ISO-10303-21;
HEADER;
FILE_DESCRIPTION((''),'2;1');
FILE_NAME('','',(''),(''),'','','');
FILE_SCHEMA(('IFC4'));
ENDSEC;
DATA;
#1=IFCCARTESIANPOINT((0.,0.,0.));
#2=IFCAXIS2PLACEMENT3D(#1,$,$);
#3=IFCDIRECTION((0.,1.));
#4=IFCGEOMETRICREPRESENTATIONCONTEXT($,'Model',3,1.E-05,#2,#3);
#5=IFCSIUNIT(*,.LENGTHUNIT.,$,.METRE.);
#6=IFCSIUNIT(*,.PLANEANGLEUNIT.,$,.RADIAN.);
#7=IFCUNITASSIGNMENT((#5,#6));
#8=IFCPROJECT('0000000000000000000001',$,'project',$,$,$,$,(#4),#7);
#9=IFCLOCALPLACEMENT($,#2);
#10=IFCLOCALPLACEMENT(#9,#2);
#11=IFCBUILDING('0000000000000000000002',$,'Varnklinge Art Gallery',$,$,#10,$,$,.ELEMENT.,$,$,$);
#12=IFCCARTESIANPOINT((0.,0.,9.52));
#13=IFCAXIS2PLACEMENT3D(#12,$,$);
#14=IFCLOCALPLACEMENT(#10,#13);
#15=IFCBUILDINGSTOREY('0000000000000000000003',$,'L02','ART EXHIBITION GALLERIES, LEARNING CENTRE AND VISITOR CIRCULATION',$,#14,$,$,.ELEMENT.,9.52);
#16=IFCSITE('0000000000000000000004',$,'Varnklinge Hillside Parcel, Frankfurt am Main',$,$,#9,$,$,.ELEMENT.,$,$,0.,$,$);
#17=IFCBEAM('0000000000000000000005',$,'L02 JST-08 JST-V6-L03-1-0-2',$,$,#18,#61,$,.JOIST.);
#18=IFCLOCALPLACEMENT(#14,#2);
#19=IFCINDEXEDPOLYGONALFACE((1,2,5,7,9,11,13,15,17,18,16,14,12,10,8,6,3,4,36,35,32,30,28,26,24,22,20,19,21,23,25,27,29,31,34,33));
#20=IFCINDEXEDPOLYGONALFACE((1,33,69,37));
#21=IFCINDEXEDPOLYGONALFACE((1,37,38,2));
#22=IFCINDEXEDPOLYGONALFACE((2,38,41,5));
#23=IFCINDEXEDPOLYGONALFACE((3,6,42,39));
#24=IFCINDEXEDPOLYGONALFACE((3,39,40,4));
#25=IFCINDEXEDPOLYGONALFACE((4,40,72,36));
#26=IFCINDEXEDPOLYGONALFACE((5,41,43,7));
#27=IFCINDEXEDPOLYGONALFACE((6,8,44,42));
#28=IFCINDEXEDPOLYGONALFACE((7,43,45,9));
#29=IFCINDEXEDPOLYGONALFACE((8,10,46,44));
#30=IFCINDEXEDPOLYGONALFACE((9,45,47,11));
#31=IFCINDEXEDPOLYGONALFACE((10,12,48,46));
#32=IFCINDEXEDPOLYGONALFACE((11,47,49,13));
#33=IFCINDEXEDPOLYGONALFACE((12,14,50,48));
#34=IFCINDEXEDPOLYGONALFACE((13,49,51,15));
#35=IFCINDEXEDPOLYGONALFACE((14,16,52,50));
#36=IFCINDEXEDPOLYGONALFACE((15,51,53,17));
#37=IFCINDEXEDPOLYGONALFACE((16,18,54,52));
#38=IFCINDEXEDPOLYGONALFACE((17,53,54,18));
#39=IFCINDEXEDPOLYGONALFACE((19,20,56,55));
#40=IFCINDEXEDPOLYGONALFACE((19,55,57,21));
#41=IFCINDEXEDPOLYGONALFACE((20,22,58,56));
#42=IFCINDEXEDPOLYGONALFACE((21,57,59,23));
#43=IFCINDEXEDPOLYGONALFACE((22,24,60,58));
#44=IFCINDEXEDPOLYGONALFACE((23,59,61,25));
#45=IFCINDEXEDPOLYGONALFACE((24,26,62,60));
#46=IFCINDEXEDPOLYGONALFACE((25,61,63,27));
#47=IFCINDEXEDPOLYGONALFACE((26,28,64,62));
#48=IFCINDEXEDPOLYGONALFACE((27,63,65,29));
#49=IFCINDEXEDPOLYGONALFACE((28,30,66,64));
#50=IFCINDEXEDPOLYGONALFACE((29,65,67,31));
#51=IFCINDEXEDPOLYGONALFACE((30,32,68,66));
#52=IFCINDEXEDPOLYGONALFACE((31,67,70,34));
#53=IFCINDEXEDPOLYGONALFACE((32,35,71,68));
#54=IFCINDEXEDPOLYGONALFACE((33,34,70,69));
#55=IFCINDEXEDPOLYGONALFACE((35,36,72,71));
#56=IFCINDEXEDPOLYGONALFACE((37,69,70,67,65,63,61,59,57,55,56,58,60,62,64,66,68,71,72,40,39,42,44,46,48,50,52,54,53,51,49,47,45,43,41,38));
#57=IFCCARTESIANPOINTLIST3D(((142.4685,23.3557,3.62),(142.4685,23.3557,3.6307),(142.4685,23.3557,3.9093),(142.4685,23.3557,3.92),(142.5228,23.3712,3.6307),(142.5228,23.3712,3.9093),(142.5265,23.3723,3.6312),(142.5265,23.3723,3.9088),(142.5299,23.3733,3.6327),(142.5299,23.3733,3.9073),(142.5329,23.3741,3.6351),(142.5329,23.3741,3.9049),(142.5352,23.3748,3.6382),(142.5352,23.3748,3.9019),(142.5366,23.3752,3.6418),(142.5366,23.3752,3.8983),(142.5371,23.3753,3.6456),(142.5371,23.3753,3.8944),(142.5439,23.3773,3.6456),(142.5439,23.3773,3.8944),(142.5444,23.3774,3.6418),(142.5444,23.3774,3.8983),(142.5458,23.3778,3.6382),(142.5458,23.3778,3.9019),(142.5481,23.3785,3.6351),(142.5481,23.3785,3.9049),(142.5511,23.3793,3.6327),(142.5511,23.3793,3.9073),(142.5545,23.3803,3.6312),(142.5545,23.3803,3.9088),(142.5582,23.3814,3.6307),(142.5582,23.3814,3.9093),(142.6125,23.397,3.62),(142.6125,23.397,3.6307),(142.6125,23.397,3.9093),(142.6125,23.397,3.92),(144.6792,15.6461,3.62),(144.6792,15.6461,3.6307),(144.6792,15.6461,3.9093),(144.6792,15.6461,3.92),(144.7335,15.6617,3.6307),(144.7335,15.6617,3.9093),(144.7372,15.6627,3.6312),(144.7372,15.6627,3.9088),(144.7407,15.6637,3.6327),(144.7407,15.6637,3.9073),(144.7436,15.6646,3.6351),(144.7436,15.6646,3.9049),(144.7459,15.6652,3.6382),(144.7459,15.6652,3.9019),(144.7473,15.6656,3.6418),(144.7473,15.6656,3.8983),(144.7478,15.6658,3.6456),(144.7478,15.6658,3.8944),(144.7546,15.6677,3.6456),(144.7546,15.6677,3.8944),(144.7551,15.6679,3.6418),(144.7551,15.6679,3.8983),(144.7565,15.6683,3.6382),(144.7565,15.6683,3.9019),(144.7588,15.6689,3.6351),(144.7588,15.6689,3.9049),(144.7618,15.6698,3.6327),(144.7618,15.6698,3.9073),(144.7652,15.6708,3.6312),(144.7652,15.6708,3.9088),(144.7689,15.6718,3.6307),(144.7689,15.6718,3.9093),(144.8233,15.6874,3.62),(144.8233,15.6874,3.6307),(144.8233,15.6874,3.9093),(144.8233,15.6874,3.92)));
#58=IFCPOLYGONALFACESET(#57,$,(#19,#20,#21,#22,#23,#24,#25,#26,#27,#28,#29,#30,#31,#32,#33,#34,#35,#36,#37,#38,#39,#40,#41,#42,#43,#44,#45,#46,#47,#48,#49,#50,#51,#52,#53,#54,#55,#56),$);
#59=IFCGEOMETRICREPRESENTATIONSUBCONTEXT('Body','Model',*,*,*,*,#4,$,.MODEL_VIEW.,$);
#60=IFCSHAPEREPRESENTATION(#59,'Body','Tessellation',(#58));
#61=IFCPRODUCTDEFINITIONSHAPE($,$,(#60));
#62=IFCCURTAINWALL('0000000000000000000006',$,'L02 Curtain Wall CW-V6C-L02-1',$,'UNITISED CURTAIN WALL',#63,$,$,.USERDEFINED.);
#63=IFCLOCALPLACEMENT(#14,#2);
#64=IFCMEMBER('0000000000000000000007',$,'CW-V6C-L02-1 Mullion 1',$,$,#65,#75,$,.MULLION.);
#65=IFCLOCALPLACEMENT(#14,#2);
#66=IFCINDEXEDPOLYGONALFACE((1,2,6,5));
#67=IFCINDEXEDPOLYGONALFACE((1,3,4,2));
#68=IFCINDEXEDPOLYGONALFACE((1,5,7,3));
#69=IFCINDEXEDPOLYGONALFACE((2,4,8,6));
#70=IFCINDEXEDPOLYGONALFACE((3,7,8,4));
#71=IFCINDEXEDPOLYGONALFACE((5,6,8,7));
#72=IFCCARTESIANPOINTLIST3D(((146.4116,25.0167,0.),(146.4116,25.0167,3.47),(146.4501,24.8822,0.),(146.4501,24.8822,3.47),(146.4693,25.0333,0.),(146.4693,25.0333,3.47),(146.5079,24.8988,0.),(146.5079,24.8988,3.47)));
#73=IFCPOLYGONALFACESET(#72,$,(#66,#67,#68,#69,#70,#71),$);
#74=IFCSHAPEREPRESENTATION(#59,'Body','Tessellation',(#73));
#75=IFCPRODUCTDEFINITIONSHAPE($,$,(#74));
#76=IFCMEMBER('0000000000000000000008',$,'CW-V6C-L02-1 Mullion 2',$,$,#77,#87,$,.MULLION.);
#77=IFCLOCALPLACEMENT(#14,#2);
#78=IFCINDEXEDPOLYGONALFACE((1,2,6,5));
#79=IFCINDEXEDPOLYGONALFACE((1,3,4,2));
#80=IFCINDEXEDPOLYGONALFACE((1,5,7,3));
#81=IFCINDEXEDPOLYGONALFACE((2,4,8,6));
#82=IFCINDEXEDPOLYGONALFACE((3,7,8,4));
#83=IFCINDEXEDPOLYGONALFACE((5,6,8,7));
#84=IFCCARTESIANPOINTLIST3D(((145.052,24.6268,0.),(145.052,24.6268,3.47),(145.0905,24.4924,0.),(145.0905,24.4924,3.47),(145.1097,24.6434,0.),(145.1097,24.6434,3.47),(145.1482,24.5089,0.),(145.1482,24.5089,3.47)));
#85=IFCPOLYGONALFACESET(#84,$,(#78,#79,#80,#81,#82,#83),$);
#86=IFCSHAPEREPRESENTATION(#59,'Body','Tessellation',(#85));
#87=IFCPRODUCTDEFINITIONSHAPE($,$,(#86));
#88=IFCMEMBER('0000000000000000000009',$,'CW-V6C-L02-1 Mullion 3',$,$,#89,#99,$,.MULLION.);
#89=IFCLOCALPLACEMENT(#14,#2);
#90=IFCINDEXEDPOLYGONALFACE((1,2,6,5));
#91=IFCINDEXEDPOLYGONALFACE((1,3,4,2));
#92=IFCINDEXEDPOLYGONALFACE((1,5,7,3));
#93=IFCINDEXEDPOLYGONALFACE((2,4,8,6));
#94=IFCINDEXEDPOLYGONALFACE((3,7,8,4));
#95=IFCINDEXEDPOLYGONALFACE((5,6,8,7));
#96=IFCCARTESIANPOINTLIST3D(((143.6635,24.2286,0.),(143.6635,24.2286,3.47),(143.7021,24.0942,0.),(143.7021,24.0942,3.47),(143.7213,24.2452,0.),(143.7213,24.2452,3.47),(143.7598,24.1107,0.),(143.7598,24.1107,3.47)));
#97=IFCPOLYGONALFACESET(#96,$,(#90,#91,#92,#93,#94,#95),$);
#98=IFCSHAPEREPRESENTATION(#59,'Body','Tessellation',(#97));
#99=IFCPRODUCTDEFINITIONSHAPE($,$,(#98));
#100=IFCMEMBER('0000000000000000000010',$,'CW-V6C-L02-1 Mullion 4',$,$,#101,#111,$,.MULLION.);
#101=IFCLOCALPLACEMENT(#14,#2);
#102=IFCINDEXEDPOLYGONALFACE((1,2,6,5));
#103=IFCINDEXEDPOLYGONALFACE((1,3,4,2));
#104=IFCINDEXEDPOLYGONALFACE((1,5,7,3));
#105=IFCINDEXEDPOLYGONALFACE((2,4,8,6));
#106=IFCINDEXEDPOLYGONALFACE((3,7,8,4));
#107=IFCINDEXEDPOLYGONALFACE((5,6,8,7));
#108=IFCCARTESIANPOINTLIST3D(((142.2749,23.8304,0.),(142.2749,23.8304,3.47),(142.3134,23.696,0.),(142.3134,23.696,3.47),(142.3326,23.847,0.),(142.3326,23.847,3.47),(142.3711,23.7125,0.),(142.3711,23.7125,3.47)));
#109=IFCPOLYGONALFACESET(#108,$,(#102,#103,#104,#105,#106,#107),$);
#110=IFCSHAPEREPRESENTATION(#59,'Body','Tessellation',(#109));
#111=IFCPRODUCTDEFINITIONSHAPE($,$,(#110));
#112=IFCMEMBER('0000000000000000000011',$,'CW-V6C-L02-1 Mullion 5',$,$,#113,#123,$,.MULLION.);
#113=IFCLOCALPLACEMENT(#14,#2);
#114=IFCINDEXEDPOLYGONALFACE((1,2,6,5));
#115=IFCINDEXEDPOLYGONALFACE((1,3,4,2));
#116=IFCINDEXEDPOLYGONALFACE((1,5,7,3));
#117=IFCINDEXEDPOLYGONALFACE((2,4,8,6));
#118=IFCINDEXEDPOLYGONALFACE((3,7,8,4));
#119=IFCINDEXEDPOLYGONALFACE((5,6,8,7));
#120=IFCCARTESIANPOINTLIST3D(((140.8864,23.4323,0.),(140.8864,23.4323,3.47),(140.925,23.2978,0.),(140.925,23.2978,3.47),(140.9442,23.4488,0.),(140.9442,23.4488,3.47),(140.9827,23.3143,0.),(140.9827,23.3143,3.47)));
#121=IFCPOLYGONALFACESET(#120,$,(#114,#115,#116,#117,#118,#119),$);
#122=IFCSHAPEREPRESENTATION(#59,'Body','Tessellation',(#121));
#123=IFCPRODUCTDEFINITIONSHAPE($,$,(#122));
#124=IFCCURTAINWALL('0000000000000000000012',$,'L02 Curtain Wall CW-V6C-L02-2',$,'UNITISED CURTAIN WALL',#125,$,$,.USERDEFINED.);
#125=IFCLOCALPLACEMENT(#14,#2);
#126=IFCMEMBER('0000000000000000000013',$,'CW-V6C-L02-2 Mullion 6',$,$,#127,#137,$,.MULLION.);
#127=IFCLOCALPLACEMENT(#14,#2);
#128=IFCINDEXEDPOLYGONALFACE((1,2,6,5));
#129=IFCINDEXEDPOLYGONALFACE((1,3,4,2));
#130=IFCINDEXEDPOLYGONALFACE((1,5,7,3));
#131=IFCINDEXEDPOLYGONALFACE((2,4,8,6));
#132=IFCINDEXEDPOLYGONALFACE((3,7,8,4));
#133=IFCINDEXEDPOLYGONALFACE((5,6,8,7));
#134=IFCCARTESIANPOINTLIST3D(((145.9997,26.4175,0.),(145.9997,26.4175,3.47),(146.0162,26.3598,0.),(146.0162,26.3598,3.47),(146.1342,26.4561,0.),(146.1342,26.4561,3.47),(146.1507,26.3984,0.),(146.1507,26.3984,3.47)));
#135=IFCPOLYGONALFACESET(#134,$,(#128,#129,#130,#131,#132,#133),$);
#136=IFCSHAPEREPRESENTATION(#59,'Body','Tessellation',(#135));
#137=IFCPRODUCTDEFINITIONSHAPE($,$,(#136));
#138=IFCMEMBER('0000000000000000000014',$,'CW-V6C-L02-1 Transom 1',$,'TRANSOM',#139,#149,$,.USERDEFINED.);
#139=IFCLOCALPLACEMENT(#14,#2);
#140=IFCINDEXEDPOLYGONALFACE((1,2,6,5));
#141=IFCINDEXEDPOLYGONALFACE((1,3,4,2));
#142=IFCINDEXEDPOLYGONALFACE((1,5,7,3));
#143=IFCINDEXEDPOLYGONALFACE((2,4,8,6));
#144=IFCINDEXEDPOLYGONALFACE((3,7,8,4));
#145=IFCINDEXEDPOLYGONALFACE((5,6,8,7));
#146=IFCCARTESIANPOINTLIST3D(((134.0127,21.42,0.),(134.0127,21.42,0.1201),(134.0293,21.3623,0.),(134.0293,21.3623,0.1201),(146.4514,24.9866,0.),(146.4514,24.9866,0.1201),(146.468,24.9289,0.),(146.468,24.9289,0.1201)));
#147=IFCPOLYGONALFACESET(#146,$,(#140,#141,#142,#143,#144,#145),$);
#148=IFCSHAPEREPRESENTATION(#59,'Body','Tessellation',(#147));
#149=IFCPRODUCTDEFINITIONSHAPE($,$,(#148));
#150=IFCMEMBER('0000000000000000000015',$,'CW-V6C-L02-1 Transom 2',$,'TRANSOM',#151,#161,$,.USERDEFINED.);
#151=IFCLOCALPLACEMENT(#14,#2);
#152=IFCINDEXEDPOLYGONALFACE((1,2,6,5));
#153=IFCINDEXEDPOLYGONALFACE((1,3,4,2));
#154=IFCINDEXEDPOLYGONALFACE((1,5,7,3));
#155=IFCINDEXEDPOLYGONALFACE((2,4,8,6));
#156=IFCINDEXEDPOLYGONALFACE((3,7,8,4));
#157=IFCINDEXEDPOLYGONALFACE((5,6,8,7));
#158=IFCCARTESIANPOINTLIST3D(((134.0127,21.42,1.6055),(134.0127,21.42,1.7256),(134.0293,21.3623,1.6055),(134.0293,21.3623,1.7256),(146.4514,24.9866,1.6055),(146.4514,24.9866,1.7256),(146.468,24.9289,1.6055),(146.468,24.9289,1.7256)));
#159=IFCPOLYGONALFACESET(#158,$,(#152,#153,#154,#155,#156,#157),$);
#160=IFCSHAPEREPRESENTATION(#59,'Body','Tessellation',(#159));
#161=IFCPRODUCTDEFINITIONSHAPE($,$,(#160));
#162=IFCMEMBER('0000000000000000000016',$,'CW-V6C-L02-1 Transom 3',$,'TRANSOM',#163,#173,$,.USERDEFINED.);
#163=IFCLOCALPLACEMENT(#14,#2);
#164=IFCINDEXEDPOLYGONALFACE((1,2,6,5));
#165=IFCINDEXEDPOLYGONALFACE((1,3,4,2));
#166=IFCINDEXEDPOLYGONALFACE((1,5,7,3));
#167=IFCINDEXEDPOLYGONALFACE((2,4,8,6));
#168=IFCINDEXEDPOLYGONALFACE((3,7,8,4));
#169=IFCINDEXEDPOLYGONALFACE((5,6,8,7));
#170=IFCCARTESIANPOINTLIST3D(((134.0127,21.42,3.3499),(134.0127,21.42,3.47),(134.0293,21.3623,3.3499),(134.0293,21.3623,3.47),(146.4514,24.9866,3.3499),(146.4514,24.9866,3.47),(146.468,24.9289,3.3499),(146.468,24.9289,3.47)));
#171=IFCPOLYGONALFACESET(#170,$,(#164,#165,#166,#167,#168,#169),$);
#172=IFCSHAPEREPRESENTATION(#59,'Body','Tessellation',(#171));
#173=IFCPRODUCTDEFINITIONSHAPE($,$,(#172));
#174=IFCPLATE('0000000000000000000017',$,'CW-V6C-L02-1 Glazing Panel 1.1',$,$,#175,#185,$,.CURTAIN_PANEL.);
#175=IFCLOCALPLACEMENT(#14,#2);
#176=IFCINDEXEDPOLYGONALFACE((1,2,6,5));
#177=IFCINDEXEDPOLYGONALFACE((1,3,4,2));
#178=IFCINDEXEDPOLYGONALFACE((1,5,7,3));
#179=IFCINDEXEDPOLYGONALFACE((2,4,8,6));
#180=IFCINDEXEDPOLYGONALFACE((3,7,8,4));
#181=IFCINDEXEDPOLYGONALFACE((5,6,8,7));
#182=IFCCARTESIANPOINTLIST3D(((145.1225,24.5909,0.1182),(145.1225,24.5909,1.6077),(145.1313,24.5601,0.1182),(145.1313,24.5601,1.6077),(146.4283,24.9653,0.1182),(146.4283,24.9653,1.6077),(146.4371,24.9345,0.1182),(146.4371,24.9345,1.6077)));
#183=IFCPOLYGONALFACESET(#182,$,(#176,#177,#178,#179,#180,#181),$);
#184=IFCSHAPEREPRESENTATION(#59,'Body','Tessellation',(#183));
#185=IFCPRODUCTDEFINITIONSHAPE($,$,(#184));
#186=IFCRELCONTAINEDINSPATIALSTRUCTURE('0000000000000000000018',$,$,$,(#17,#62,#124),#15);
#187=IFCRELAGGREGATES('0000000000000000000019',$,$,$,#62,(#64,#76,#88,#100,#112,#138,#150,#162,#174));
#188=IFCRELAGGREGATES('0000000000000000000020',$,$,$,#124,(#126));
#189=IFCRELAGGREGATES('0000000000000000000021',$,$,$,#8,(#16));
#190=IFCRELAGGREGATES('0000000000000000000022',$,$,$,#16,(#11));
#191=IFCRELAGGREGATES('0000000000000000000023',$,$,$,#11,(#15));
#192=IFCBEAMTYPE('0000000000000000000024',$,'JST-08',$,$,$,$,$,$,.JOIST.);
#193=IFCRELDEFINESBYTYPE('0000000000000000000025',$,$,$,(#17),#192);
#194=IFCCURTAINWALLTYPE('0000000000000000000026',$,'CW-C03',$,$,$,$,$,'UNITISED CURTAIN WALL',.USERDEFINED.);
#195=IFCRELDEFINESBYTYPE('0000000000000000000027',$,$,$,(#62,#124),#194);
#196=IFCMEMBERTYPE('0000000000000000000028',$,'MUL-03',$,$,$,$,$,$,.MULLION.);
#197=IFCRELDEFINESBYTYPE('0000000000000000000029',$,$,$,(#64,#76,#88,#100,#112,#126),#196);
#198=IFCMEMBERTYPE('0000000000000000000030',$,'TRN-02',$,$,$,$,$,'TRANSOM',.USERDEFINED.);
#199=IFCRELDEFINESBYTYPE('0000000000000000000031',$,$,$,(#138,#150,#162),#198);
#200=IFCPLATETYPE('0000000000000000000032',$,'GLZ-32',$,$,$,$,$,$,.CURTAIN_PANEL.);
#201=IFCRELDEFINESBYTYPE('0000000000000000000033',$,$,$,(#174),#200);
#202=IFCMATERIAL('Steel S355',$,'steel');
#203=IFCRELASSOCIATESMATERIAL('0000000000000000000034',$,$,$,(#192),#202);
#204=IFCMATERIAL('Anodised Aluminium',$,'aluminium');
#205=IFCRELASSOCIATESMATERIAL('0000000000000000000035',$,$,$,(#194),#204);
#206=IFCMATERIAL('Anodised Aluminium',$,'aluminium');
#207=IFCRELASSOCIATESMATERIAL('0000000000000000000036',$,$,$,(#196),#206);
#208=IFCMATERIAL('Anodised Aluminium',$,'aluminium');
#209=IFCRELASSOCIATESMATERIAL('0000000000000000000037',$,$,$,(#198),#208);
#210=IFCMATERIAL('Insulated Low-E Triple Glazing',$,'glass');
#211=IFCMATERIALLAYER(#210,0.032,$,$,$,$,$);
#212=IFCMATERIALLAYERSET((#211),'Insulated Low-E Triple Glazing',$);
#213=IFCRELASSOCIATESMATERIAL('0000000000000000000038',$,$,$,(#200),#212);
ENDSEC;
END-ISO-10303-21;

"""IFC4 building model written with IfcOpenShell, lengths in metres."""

from ifc_helpers import new_model, si_unit, direction, frame, origin, origin_2d, place, context, subcontext, project, spatial, rectangle, i_section, extrude, material, layer, layer_set, material_profile, profile_set, type_object, element, aggregate, save


model = new_model("IFC4")

# Units and contexts
model_context = context("Model", 3, precision=1e-05, world=origin(), true_north=direction((0.0, 1.0)))
body_context = subcontext(model_context, "Body", "Model", "MODEL_VIEW")
ifc_project = project(units=[si_unit("LENGTHUNIT", "METRE"), si_unit("PLANEANGLEUNIT", "RADIAN")], contexts=[model_context])

# Site, building, storey
site_placement = place(None, origin())
site = spatial("IfcSite", under=ifc_project, at=site_placement, Name="Varnklinge Hillside Parcel, Frankfurt am Main", CompositionType="ELEMENT", RefElevation=0.0)
building_placement = place(site_placement, origin())
building = spatial("IfcBuilding", under=site, at=building_placement, Name="Varnklinge Art Gallery", CompositionType="ELEMENT")
storey_placement = place(building_placement, frame((0.0, 0.0, 9.52)))
storey = spatial("IfcBuildingStorey", under=building, at=storey_placement, Name="L02", Description="ART EXHIBITION GALLERIES, LEARNING CENTRE AND VISITOR CIRCULATION", CompositionType="ELEMENT", Elevation=9.52)

# Beam
ifc_material_1 = material(Name="Steel S355", Category="steel")
ifc_material_profile_1 = material_profile(ifc_material_1, i_section(OverallWidth=0.1499, OverallDepth=0.3, WebThickness=0.0071, FlangeThickness=0.0107, FilletRadius=0.0149, at=origin_2d()), Name="IPE 300")
ifc_profile_set_1 = profile_set([ifc_material_profile_1], Name="Steel S355")
beam_type = type_object("IfcBeamType", Name="JST-08", PredefinedType="JOIST", material=ifc_profile_set_1)
beam_placement = place(storey_placement, frame((144.7512, 15.6667, 3.77), z_axis=(-0.275642, 0.96126, 0.0), x_axis=(-0.96126, -0.275642, 0.0)))
element("IfcBeam", 1, at=beam_placement, inside=storey, type_object=beam_type, Name="L02 JST-08 JST-V6-L03-1-0-2", PredefinedType="JOIST", context=body_context, shape_type="SweptSolid", body=[
    extrude(i_section(OverallWidth=0.1499, OverallDepth=0.3, WebThickness=0.0071, FlangeThickness=0.0107, FilletRadius=0.0149, at=origin_2d()), origin(), (0.0, 0.0, 1.0), 8.0203),
])

# Curtain wall, members
ifc_material_2 = material(Name="Anodised Aluminium", Category="aluminium")
curtain_wall_type = type_object("IfcCurtainWallType", Name="CW-C03", ElementType="UNITISED CURTAIN WALL", PredefinedType="USERDEFINED", material=ifc_material_2)
curtain_wall_1_placement = place(storey_placement, origin())
curtain_wall_1 = element("IfcCurtainWall", 2, at=curtain_wall_1_placement, inside=storey, type_object=curtain_wall_type, Name="L02 Curtain Wall CW-V6C-L02-1", ObjectType="UNITISED CURTAIN WALL", PredefinedType="USERDEFINED")
ifc_material_3 = material(Name="Anodised Aluminium", Category="aluminium")
ifc_material_profile_2 = material_profile(ifc_material_3, rectangle(XDim=0.0601, YDim=0.1399, at=origin_2d()), Name="ALU 60x140")
ifc_profile_set_2 = profile_set([ifc_material_profile_2], Name="Anodised Aluminium")
member_type_1 = type_object("IfcMemberType", Name="MUL-03", PredefinedType="MULLION", material=ifc_profile_set_2)
member_1_placement = place(storey_placement, frame((146.4597, 24.9578, 0.0), z_axis=(0.0, 0.0, 1.0), x_axis=(-0.961262, -0.275637, 0.0)))
member_1 = element("IfcMember", 3, at=member_1_placement, type_object=member_type_1, Name="CW-V6C-L02-1 Mullion 1", PredefinedType="MULLION", context=body_context, shape_type="SweptSolid", body=[
    extrude(rectangle(XDim=0.0601, YDim=0.1399, at=origin_2d()), origin(), (0.0, 0.0, 1.0), 3.47),
])
member_2_placement = place(storey_placement, frame((145.1001, 24.5679, 0.0), z_axis=(0.0, 0.0, 1.0), x_axis=(-0.961262, -0.275637, 0.0)))
member_2 = element("IfcMember", 4, at=member_2_placement, type_object=member_type_1, Name="CW-V6C-L02-1 Mullion 2", PredefinedType="MULLION", context=body_context, shape_type="SweptSolid", body=[
    extrude(rectangle(XDim=0.0601, YDim=0.1399, at=origin_2d()), origin(), (0.0, 0.0, 1.0), 3.47),
])
member_3_placement = place(storey_placement, frame((143.7117, 24.1697, 0.0), z_axis=(0.0, 0.0, 1.0), x_axis=(-0.961262, -0.275637, 0.0)))
member_3 = element("IfcMember", 5, at=member_3_placement, type_object=member_type_1, Name="CW-V6C-L02-1 Mullion 3", PredefinedType="MULLION", context=body_context, shape_type="SweptSolid", body=[
    extrude(rectangle(XDim=0.0601, YDim=0.1399, at=origin_2d()), origin(), (0.0, 0.0, 1.0), 3.47),
])
member_4_placement = place(storey_placement, frame((142.323, 23.7715, 0.0), z_axis=(0.0, 0.0, 1.0), x_axis=(-0.961262, -0.275637, 0.0)))
member_4 = element("IfcMember", 6, at=member_4_placement, type_object=member_type_1, Name="CW-V6C-L02-1 Mullion 4", PredefinedType="MULLION", context=body_context, shape_type="SweptSolid", body=[
    extrude(rectangle(XDim=0.0601, YDim=0.1399, at=origin_2d()), origin(), (0.0, 0.0, 1.0), 3.47),
])
member_5_placement = place(storey_placement, frame((140.9346, 23.3733, 0.0), z_axis=(0.0, 0.0, 1.0), x_axis=(-0.961262, -0.275637, 0.0)))
member_5 = element("IfcMember", 7, at=member_5_placement, type_object=member_type_1, Name="CW-V6C-L02-1 Mullion 5", PredefinedType="MULLION", context=body_context, shape_type="SweptSolid", body=[
    extrude(rectangle(XDim=0.0601, YDim=0.1399, at=origin_2d()), origin(), (0.0, 0.0, 1.0), 3.47),
])

# Curtain wall, member
curtain_wall_2_placement = place(storey_placement, origin())
curtain_wall_2 = element("IfcCurtainWall", 8, at=curtain_wall_2_placement, inside=storey, type_object=curtain_wall_type, Name="L02 Curtain Wall CW-V6C-L02-2", ObjectType="UNITISED CURTAIN WALL", PredefinedType="USERDEFINED")
member_6_placement = place(storey_placement, frame((146.0752, 26.408, 0.0), z_axis=(0.0, 0.0, 1.0), x_axis=(0.275637, -0.961262, 0.0)))
member_6 = element("IfcMember", 9, at=member_6_placement, type_object=member_type_1, Name="CW-V6C-L02-2 Mullion 6", PredefinedType="MULLION", context=body_context, shape_type="SweptSolid", body=[
    extrude(rectangle(XDim=0.0601, YDim=0.1399, at=origin_2d()), origin(), (0.0, 0.0, 1.0), 3.47),
])

# Members
ifc_material_4 = material(Name="Anodised Aluminium", Category="aluminium")
ifc_material_profile_3 = material_profile(ifc_material_4, rectangle(XDim=0.0601, YDim=0.1201, at=origin_2d()), Name="ALU 60x120")
ifc_profile_set_3 = profile_set([ifc_material_profile_3], Name="Anodised Aluminium")
member_type_2 = type_object("IfcMemberType", Name="TRN-02", ElementType="TRANSOM", PredefinedType="USERDEFINED", material=ifc_profile_set_3)
member_7_placement = place(storey_placement, frame((146.4597, 24.9578, 0.0601), z_axis=(-0.961264, -0.275631, 0.0), x_axis=(0.275631, -0.961264, 0.0)))
member_7 = element("IfcMember", 10, at=member_7_placement, type_object=member_type_2, Name="CW-V6C-L02-1 Transom 1", ObjectType="TRANSOM", PredefinedType="USERDEFINED", context=body_context, shape_type="SweptSolid", body=[
    extrude(rectangle(XDim=0.0601, YDim=0.1201, at=origin_2d()), origin(), (0.0, 0.0, 1.0), 12.9399),
])
member_8_placement = place(storey_placement, frame((146.4597, 24.9578, 1.6655), z_axis=(-0.961264, -0.275631, 0.0), x_axis=(0.275631, -0.961264, 0.0)))
member_8 = element("IfcMember", 11, at=member_8_placement, type_object=member_type_2, Name="CW-V6C-L02-1 Transom 2", ObjectType="TRANSOM", PredefinedType="USERDEFINED", context=body_context, shape_type="SweptSolid", body=[
    extrude(rectangle(XDim=0.0601, YDim=0.1201, at=origin_2d()), origin(), (0.0, 0.0, 1.0), 12.9399),
])
member_9_placement = place(storey_placement, frame((146.4597, 24.9578, 3.4099), z_axis=(-0.961264, -0.275631, 0.0), x_axis=(0.275631, -0.961264, 0.0)))
member_9 = element("IfcMember", 12, at=member_9_placement, type_object=member_type_2, Name="CW-V6C-L02-1 Transom 3", ObjectType="TRANSOM", PredefinedType="USERDEFINED", context=body_context, shape_type="SweptSolid", body=[
    extrude(rectangle(XDim=0.0601, YDim=0.1201, at=origin_2d()), origin(), (0.0, 0.0, 1.0), 12.9399),
])

# Plate
ifc_material_5 = material(Name="Insulated Low-E Triple Glazing", Category="glass")
ifc_layer = layer(ifc_material_5, 0.032)
ifc_layer_set = layer_set([ifc_layer], Name="Insulated Low-E Triple Glazing")
plate_type = type_object("IfcPlateType", Name="GLZ-32", PredefinedType="CURTAIN_PANEL", material=ifc_layer_set)
plate_1_placement = place(storey_placement, frame((145.7798, 24.7627, 0.1182), z_axis=(0.0, 0.0, 1.0), x_axis=(-0.961262, -0.275637, 0.0)))
plate_1 = element("IfcPlate", 13, at=plate_1_placement, type_object=plate_type, Name="CW-V6C-L02-1 Glazing Panel 1.1", PredefinedType="CURTAIN_PANEL", context=body_context, shape_type="SweptSolid", body=[
    extrude(rectangle(XDim=1.3584, YDim=0.032, at=origin_2d()), origin(), (0.0, 0.0, 1.0), 1.4895),
])
aggregate(curtain_wall_1, [member_1, member_2, member_3, member_4, member_5, member_7, member_8, member_9, plate_1])
aggregate(curtain_wall_2, [member_6])

save(model, "model.ifc")
